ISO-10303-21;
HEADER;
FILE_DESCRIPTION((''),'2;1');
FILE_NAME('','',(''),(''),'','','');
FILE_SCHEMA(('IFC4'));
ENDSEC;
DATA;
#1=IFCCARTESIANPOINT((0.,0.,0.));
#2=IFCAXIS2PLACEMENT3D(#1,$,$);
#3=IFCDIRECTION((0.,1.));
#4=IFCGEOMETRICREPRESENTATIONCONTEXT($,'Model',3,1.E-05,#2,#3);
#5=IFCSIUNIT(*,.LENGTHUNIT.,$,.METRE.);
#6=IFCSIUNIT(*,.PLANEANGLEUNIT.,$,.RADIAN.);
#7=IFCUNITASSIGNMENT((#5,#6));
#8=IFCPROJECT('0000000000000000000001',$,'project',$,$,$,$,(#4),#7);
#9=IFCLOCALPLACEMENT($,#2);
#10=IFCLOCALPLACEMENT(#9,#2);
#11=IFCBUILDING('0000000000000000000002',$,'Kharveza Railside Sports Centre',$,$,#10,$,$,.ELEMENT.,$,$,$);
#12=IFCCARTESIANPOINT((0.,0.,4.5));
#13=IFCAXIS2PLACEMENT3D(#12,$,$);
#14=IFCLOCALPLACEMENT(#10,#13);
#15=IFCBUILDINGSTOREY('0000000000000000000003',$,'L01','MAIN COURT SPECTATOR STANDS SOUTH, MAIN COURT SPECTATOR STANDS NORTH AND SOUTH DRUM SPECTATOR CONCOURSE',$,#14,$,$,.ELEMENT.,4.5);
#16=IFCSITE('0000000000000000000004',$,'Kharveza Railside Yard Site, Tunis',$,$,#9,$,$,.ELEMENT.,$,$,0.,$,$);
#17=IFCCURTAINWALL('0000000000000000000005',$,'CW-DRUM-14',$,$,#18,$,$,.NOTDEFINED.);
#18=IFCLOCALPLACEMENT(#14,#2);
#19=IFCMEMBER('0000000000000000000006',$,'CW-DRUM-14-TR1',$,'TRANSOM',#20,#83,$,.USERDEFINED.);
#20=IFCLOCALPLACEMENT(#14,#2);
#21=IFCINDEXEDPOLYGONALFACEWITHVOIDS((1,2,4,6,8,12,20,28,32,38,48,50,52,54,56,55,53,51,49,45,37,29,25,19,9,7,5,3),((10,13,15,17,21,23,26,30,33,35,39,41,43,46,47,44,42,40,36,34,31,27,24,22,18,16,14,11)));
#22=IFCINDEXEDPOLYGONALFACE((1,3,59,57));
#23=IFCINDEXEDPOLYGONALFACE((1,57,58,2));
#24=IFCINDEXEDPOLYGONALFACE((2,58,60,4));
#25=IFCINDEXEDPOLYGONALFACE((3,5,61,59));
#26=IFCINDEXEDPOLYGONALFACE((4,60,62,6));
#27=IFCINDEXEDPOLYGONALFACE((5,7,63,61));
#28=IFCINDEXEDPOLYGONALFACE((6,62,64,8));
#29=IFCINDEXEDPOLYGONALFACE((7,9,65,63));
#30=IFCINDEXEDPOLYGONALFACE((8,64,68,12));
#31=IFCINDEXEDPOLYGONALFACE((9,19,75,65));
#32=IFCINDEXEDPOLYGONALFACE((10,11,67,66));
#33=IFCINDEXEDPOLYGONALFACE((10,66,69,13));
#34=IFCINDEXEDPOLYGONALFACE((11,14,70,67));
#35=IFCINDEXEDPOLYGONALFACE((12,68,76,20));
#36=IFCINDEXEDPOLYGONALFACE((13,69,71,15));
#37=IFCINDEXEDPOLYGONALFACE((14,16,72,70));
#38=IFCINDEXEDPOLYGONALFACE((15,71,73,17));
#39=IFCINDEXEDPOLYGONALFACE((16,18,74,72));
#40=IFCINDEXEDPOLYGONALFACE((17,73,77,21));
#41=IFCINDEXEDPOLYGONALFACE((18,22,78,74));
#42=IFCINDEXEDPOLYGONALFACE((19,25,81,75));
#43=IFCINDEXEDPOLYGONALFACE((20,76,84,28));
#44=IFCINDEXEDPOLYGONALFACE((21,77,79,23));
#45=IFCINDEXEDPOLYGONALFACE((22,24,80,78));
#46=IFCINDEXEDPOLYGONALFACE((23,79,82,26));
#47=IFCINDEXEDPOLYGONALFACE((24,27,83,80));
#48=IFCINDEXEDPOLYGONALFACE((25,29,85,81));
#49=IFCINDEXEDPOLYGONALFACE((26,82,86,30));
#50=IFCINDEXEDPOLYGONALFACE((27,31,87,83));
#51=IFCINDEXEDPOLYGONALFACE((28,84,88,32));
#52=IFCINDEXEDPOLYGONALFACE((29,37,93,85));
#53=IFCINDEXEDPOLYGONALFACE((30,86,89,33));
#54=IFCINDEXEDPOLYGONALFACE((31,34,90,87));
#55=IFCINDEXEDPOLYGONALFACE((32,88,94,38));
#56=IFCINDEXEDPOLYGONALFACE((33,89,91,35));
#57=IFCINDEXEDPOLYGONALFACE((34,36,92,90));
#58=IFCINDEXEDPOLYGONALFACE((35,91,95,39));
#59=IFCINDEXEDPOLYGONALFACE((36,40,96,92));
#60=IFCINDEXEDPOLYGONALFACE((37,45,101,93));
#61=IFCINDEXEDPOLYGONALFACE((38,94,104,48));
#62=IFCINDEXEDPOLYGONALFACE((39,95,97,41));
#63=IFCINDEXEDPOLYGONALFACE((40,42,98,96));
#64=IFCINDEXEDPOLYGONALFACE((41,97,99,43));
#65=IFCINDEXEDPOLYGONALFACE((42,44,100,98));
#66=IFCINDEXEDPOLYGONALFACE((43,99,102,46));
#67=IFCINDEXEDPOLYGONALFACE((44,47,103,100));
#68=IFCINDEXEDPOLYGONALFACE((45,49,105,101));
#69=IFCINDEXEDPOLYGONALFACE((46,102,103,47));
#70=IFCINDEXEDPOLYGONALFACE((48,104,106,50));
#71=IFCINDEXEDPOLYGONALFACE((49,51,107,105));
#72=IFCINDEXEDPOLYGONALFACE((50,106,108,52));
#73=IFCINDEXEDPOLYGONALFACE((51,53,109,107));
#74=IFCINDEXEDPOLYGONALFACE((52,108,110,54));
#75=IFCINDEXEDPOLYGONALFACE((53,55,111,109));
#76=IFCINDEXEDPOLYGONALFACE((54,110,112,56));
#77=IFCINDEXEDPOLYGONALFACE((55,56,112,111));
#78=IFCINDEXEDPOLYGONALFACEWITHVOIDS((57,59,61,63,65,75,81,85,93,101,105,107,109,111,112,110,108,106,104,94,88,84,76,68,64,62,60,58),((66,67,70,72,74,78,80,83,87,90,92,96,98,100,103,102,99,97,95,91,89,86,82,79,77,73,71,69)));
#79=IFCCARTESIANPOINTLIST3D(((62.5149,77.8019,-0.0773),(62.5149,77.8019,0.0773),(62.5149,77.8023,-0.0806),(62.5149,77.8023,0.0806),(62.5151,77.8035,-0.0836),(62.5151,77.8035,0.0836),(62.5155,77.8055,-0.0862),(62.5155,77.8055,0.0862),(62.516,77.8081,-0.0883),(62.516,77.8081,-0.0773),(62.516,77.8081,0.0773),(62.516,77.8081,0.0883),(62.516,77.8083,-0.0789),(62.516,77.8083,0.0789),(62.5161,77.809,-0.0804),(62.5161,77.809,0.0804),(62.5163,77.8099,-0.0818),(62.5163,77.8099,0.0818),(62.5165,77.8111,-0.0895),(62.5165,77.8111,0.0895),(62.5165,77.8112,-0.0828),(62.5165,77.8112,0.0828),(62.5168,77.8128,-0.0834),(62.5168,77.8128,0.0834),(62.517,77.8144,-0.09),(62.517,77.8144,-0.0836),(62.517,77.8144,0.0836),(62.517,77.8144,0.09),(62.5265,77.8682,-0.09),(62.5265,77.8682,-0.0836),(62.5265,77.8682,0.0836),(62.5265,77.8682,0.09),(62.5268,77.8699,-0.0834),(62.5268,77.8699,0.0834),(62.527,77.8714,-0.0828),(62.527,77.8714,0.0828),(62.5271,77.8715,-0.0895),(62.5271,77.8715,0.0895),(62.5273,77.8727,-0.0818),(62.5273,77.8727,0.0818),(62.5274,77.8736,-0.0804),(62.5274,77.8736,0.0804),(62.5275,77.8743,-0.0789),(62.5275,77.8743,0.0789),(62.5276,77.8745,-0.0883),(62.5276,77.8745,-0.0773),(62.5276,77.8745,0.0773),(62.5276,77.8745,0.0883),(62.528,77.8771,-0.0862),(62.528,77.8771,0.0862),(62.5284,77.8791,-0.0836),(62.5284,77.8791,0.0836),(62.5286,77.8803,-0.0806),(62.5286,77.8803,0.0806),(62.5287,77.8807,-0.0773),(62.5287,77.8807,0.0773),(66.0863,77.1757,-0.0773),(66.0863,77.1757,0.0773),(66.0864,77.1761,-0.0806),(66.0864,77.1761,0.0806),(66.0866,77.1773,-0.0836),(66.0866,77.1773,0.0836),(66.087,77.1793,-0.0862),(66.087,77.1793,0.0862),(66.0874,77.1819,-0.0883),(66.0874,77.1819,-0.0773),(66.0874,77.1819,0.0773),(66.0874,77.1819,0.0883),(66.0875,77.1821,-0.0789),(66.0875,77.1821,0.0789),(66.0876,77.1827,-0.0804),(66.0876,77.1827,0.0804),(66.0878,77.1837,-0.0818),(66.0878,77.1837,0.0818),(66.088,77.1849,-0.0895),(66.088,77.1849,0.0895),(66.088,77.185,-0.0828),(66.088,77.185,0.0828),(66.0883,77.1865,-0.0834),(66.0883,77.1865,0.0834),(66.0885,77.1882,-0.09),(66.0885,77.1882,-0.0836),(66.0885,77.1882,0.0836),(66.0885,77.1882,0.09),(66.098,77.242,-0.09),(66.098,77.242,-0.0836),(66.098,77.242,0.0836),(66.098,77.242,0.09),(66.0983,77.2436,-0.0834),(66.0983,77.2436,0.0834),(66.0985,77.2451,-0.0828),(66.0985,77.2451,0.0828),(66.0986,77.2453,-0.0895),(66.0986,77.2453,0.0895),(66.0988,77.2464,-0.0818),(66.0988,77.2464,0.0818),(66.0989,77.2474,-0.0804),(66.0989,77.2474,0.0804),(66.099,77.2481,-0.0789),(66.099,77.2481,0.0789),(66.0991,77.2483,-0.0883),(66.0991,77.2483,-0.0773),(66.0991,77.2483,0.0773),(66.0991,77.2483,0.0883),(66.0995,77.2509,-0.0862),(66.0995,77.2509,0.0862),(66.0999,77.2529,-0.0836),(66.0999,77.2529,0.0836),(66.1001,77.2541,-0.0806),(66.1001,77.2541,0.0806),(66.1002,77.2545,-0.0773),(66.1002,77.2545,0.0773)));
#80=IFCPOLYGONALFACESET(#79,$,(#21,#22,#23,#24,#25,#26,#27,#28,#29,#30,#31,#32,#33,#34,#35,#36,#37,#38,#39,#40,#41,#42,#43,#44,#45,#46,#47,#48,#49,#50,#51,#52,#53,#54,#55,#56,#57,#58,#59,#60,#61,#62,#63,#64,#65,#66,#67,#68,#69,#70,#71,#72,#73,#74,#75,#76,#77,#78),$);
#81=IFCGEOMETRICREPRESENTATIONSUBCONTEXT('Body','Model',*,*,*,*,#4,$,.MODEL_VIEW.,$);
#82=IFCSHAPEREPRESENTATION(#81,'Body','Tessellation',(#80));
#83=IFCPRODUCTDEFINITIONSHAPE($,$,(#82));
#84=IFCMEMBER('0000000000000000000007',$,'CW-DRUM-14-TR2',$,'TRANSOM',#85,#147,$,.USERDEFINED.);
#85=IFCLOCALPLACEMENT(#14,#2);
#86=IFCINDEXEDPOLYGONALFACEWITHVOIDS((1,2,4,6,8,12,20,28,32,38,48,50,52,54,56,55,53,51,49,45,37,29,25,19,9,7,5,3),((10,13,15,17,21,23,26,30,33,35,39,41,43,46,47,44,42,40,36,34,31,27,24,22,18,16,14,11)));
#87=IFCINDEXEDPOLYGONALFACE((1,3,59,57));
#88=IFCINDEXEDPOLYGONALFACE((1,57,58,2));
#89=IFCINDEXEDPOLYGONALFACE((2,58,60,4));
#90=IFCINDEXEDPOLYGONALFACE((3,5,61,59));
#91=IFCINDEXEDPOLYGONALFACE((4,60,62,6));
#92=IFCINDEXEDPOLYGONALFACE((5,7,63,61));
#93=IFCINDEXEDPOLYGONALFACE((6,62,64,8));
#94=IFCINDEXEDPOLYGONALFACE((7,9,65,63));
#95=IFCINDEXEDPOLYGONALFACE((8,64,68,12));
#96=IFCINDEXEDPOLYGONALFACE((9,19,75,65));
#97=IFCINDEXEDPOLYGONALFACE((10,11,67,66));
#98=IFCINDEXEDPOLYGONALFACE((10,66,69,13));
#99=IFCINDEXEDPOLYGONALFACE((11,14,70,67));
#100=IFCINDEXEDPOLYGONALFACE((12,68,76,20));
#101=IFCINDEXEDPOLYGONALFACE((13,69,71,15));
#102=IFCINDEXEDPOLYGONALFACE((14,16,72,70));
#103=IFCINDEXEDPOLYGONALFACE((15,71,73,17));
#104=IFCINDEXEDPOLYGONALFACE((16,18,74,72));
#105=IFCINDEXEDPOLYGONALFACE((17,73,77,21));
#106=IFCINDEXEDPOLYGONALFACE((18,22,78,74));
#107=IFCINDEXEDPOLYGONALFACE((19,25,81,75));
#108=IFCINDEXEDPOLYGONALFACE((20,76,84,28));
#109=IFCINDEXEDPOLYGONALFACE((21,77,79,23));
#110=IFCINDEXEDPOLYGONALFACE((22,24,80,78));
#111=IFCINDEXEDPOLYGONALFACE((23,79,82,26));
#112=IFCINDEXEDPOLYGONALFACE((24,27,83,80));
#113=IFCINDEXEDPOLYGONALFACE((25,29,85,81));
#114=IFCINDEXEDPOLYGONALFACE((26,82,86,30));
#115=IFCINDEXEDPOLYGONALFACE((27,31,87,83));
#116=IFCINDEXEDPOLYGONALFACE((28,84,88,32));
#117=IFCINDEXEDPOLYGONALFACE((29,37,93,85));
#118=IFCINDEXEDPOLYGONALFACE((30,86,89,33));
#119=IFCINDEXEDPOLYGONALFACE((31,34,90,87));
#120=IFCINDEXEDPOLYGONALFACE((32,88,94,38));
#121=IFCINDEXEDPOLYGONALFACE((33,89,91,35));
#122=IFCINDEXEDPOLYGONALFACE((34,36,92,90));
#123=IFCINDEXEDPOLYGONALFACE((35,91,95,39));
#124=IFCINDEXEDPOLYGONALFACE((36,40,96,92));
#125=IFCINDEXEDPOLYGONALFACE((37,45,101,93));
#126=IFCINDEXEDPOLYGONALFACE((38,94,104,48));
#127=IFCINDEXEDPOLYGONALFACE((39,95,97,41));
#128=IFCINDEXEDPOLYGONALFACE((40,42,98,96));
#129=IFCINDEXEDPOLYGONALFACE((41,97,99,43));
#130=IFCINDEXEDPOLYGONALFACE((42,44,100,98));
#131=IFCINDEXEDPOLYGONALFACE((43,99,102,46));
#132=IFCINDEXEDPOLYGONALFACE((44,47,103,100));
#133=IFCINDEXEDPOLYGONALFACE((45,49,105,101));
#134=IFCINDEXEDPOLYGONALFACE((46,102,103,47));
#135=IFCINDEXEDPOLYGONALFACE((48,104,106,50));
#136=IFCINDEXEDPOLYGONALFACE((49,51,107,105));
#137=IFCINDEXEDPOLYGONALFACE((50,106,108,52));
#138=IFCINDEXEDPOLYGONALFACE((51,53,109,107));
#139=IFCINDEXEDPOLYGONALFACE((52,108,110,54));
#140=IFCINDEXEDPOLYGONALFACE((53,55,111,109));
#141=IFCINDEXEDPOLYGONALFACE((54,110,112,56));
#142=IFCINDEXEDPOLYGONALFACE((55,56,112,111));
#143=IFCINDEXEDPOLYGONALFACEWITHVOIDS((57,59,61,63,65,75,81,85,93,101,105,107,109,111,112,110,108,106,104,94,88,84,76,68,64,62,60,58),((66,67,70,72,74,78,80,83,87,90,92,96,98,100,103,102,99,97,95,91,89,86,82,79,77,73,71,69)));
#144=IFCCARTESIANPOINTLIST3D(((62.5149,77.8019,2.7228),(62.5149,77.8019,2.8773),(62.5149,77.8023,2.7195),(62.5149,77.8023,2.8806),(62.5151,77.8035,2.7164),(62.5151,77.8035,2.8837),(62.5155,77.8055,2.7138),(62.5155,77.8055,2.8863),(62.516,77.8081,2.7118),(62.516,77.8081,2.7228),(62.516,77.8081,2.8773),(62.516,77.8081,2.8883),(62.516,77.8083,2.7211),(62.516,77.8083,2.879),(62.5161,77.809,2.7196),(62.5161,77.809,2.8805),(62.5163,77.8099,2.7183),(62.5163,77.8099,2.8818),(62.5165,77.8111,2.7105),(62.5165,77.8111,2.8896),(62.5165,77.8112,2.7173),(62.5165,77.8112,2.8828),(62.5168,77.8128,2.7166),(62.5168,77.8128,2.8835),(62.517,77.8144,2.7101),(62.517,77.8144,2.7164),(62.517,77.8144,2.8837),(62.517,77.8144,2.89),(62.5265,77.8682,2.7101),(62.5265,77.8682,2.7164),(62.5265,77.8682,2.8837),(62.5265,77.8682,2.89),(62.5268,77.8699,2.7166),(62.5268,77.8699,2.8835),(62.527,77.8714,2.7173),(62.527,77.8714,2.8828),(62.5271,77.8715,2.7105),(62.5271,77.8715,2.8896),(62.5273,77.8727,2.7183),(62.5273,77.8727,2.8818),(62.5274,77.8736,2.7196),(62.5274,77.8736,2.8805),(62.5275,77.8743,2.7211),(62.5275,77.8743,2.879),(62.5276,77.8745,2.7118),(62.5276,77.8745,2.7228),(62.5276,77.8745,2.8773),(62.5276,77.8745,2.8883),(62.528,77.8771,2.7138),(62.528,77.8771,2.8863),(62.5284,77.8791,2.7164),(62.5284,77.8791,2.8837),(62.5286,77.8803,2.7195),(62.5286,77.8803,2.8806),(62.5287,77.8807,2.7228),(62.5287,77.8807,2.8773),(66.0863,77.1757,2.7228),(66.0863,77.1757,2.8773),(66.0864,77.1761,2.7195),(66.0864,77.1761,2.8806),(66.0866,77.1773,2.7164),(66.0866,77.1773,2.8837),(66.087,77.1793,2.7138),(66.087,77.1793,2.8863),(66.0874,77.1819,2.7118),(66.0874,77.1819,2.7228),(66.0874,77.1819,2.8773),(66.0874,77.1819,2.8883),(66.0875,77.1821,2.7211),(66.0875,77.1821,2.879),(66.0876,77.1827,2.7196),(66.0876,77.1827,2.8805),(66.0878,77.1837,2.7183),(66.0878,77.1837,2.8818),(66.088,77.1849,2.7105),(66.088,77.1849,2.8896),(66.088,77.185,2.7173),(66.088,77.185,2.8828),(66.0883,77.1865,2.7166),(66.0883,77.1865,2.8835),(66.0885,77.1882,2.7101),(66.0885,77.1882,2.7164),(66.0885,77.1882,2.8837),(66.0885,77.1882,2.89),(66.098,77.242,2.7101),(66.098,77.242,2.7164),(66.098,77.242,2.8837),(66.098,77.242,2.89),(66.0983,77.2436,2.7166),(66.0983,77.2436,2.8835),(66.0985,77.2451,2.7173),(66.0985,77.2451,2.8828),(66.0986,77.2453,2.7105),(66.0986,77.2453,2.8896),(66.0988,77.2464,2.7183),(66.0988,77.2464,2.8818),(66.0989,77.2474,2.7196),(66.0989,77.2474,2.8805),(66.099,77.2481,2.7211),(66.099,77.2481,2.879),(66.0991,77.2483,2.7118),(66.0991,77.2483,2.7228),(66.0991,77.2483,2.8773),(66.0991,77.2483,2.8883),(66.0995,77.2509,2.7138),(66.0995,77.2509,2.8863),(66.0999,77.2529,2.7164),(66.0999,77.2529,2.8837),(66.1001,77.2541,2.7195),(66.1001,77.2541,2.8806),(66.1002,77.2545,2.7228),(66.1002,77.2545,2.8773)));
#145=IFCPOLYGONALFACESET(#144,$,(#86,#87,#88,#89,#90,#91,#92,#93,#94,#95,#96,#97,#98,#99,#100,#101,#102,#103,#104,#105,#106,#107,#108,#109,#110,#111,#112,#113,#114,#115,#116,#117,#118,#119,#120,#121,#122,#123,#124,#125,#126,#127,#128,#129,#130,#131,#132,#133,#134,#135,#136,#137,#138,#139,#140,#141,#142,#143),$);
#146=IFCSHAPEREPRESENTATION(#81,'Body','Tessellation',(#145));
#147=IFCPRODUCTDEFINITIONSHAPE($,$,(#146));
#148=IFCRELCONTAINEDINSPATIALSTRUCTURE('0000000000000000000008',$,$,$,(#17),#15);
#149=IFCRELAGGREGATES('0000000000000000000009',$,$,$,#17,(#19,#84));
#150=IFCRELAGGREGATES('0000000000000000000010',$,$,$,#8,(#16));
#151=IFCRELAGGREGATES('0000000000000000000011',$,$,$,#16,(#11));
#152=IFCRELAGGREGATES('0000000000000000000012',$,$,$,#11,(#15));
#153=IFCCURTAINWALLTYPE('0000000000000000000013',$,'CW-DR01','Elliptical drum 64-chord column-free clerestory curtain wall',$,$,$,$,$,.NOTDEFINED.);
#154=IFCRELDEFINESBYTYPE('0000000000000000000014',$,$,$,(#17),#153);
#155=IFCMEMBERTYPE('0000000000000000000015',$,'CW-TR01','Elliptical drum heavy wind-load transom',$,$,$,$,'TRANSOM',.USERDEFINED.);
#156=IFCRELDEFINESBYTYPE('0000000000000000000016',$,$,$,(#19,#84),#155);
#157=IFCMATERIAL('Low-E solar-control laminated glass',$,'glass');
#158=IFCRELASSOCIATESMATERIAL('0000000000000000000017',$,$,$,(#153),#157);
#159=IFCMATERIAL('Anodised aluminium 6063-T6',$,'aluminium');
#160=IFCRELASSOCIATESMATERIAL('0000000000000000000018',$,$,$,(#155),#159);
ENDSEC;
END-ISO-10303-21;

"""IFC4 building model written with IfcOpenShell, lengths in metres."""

from ifc_helpers import new_model, si_unit, direction, frame, origin, origin_2d, place, context, subcontext, project, spatial, hollow_rectangle, extrude, material, material_profile, profile_set, type_object, element, aggregate, save


model = new_model("IFC4")

# Units and contexts
model_context = context("Model", 3, precision=1e-05, world=origin(), true_north=direction((0.0, 1.0)))
body_context = subcontext(model_context, "Body", "Model", "MODEL_VIEW")
ifc_project = project(units=[si_unit("LENGTHUNIT", "METRE"), si_unit("PLANEANGLEUNIT", "RADIAN")], contexts=[model_context])

# Site, building, storey
site_placement = place(None, origin())
site = spatial("IfcSite", under=ifc_project, at=site_placement, Name="Kharveza Railside Yard Site, Tunis", CompositionType="ELEMENT", RefElevation=0.0)
building_placement = place(site_placement, origin())
building = spatial("IfcBuilding", under=site, at=building_placement, Name="Kharveza Railside Sports Centre", CompositionType="ELEMENT")
storey_placement = place(building_placement, frame((0.0, 0.0, 4.5)))
storey = spatial("IfcBuildingStorey", under=building, at=storey_placement, Name="L01", Description="MAIN COURT SPECTATOR STANDS SOUTH, MAIN COURT SPECTATOR STANDS NORTH AND SOUTH DRUM SPECTATOR CONCOURSE", CompositionType="ELEMENT", Elevation=4.5)

# Curtain wall
ifc_material_1 = material(Name="Low-E solar-control laminated glass", Category="glass")
curtain_wall_type = type_object("IfcCurtainWallType", Name="CW-DR01", Description="Elliptical drum 64-chord column-free clerestory curtain wall", PredefinedType="NOTDEFINED", material=ifc_material_1)
ifc_material_2 = material(Name="Anodised aluminium 6063-T6", Category="aluminium")
curtain_wall_1_placement = place(storey_placement, origin())
curtain_wall_1 = element("IfcCurtainWall", 1, at=curtain_wall_1_placement, inside=storey, type_object=curtain_wall_type, Name="CW-DRUM-14", PredefinedType="NOTDEFINED")

# Members
ifc_material_profile_1 = material_profile(ifc_material_2, hollow_rectangle(XDim=0.0801, YDim=0.1799, WallThickness=0.0063, InnerFilletRadius=0.0063, OuterFilletRadius=0.0127, at=origin_2d()), Name="RHS 80x180x6.3")
ifc_profile_set_1 = profile_set([ifc_material_profile_1], Name="Anodised aluminium 6063-T6")
member_type_1 = type_object("IfcMemberType", Name="CW-TR01", Description="Elliptical drum heavy wind-load transom", ElementType="TRANSOM", PredefinedType="USERDEFINED", material=ifc_profile_set_1)
member_1_placement = place(storey_placement, frame((66.0933, 77.2151, 0.0), z_axis=(-0.984974, 0.172702, 0.0), x_axis=(-0.172702, -0.984974, 0.0)))
member_1 = element("IfcMember", 2, at=member_1_placement, type_object=member_type_1, Name="CW-DRUM-14-TR1", ObjectType="TRANSOM", PredefinedType="USERDEFINED", context=body_context, shape_type="SweptSolid", body=[
    extrude(hollow_rectangle(XDim=0.0801, YDim=0.1799, WallThickness=0.0063, InnerFilletRadius=0.0063, OuterFilletRadius=0.0127, at=origin_2d()), origin(), (0.0, 0.0, 1.0), 3.626),
])
member_2_placement = place(storey_placement, frame((66.0933, 77.2151, 2.8), z_axis=(-0.984974, 0.172702, 0.0), x_axis=(-0.172702, -0.984974, 0.0)))
member_2 = element("IfcMember", 3, at=member_2_placement, type_object=member_type_1, Name="CW-DRUM-14-TR2", ObjectType="TRANSOM", PredefinedType="USERDEFINED", context=body_context, shape_type="SweptSolid", body=[
    extrude(hollow_rectangle(XDim=0.0801, YDim=0.1799, WallThickness=0.0063, InnerFilletRadius=0.0063, OuterFilletRadius=0.0127, at=origin_2d()), origin(), (0.0, 0.0, 1.0), 3.626),
])

aggregate(curtain_wall_1, [member_1, member_2])

save(model, "model.ifc")
